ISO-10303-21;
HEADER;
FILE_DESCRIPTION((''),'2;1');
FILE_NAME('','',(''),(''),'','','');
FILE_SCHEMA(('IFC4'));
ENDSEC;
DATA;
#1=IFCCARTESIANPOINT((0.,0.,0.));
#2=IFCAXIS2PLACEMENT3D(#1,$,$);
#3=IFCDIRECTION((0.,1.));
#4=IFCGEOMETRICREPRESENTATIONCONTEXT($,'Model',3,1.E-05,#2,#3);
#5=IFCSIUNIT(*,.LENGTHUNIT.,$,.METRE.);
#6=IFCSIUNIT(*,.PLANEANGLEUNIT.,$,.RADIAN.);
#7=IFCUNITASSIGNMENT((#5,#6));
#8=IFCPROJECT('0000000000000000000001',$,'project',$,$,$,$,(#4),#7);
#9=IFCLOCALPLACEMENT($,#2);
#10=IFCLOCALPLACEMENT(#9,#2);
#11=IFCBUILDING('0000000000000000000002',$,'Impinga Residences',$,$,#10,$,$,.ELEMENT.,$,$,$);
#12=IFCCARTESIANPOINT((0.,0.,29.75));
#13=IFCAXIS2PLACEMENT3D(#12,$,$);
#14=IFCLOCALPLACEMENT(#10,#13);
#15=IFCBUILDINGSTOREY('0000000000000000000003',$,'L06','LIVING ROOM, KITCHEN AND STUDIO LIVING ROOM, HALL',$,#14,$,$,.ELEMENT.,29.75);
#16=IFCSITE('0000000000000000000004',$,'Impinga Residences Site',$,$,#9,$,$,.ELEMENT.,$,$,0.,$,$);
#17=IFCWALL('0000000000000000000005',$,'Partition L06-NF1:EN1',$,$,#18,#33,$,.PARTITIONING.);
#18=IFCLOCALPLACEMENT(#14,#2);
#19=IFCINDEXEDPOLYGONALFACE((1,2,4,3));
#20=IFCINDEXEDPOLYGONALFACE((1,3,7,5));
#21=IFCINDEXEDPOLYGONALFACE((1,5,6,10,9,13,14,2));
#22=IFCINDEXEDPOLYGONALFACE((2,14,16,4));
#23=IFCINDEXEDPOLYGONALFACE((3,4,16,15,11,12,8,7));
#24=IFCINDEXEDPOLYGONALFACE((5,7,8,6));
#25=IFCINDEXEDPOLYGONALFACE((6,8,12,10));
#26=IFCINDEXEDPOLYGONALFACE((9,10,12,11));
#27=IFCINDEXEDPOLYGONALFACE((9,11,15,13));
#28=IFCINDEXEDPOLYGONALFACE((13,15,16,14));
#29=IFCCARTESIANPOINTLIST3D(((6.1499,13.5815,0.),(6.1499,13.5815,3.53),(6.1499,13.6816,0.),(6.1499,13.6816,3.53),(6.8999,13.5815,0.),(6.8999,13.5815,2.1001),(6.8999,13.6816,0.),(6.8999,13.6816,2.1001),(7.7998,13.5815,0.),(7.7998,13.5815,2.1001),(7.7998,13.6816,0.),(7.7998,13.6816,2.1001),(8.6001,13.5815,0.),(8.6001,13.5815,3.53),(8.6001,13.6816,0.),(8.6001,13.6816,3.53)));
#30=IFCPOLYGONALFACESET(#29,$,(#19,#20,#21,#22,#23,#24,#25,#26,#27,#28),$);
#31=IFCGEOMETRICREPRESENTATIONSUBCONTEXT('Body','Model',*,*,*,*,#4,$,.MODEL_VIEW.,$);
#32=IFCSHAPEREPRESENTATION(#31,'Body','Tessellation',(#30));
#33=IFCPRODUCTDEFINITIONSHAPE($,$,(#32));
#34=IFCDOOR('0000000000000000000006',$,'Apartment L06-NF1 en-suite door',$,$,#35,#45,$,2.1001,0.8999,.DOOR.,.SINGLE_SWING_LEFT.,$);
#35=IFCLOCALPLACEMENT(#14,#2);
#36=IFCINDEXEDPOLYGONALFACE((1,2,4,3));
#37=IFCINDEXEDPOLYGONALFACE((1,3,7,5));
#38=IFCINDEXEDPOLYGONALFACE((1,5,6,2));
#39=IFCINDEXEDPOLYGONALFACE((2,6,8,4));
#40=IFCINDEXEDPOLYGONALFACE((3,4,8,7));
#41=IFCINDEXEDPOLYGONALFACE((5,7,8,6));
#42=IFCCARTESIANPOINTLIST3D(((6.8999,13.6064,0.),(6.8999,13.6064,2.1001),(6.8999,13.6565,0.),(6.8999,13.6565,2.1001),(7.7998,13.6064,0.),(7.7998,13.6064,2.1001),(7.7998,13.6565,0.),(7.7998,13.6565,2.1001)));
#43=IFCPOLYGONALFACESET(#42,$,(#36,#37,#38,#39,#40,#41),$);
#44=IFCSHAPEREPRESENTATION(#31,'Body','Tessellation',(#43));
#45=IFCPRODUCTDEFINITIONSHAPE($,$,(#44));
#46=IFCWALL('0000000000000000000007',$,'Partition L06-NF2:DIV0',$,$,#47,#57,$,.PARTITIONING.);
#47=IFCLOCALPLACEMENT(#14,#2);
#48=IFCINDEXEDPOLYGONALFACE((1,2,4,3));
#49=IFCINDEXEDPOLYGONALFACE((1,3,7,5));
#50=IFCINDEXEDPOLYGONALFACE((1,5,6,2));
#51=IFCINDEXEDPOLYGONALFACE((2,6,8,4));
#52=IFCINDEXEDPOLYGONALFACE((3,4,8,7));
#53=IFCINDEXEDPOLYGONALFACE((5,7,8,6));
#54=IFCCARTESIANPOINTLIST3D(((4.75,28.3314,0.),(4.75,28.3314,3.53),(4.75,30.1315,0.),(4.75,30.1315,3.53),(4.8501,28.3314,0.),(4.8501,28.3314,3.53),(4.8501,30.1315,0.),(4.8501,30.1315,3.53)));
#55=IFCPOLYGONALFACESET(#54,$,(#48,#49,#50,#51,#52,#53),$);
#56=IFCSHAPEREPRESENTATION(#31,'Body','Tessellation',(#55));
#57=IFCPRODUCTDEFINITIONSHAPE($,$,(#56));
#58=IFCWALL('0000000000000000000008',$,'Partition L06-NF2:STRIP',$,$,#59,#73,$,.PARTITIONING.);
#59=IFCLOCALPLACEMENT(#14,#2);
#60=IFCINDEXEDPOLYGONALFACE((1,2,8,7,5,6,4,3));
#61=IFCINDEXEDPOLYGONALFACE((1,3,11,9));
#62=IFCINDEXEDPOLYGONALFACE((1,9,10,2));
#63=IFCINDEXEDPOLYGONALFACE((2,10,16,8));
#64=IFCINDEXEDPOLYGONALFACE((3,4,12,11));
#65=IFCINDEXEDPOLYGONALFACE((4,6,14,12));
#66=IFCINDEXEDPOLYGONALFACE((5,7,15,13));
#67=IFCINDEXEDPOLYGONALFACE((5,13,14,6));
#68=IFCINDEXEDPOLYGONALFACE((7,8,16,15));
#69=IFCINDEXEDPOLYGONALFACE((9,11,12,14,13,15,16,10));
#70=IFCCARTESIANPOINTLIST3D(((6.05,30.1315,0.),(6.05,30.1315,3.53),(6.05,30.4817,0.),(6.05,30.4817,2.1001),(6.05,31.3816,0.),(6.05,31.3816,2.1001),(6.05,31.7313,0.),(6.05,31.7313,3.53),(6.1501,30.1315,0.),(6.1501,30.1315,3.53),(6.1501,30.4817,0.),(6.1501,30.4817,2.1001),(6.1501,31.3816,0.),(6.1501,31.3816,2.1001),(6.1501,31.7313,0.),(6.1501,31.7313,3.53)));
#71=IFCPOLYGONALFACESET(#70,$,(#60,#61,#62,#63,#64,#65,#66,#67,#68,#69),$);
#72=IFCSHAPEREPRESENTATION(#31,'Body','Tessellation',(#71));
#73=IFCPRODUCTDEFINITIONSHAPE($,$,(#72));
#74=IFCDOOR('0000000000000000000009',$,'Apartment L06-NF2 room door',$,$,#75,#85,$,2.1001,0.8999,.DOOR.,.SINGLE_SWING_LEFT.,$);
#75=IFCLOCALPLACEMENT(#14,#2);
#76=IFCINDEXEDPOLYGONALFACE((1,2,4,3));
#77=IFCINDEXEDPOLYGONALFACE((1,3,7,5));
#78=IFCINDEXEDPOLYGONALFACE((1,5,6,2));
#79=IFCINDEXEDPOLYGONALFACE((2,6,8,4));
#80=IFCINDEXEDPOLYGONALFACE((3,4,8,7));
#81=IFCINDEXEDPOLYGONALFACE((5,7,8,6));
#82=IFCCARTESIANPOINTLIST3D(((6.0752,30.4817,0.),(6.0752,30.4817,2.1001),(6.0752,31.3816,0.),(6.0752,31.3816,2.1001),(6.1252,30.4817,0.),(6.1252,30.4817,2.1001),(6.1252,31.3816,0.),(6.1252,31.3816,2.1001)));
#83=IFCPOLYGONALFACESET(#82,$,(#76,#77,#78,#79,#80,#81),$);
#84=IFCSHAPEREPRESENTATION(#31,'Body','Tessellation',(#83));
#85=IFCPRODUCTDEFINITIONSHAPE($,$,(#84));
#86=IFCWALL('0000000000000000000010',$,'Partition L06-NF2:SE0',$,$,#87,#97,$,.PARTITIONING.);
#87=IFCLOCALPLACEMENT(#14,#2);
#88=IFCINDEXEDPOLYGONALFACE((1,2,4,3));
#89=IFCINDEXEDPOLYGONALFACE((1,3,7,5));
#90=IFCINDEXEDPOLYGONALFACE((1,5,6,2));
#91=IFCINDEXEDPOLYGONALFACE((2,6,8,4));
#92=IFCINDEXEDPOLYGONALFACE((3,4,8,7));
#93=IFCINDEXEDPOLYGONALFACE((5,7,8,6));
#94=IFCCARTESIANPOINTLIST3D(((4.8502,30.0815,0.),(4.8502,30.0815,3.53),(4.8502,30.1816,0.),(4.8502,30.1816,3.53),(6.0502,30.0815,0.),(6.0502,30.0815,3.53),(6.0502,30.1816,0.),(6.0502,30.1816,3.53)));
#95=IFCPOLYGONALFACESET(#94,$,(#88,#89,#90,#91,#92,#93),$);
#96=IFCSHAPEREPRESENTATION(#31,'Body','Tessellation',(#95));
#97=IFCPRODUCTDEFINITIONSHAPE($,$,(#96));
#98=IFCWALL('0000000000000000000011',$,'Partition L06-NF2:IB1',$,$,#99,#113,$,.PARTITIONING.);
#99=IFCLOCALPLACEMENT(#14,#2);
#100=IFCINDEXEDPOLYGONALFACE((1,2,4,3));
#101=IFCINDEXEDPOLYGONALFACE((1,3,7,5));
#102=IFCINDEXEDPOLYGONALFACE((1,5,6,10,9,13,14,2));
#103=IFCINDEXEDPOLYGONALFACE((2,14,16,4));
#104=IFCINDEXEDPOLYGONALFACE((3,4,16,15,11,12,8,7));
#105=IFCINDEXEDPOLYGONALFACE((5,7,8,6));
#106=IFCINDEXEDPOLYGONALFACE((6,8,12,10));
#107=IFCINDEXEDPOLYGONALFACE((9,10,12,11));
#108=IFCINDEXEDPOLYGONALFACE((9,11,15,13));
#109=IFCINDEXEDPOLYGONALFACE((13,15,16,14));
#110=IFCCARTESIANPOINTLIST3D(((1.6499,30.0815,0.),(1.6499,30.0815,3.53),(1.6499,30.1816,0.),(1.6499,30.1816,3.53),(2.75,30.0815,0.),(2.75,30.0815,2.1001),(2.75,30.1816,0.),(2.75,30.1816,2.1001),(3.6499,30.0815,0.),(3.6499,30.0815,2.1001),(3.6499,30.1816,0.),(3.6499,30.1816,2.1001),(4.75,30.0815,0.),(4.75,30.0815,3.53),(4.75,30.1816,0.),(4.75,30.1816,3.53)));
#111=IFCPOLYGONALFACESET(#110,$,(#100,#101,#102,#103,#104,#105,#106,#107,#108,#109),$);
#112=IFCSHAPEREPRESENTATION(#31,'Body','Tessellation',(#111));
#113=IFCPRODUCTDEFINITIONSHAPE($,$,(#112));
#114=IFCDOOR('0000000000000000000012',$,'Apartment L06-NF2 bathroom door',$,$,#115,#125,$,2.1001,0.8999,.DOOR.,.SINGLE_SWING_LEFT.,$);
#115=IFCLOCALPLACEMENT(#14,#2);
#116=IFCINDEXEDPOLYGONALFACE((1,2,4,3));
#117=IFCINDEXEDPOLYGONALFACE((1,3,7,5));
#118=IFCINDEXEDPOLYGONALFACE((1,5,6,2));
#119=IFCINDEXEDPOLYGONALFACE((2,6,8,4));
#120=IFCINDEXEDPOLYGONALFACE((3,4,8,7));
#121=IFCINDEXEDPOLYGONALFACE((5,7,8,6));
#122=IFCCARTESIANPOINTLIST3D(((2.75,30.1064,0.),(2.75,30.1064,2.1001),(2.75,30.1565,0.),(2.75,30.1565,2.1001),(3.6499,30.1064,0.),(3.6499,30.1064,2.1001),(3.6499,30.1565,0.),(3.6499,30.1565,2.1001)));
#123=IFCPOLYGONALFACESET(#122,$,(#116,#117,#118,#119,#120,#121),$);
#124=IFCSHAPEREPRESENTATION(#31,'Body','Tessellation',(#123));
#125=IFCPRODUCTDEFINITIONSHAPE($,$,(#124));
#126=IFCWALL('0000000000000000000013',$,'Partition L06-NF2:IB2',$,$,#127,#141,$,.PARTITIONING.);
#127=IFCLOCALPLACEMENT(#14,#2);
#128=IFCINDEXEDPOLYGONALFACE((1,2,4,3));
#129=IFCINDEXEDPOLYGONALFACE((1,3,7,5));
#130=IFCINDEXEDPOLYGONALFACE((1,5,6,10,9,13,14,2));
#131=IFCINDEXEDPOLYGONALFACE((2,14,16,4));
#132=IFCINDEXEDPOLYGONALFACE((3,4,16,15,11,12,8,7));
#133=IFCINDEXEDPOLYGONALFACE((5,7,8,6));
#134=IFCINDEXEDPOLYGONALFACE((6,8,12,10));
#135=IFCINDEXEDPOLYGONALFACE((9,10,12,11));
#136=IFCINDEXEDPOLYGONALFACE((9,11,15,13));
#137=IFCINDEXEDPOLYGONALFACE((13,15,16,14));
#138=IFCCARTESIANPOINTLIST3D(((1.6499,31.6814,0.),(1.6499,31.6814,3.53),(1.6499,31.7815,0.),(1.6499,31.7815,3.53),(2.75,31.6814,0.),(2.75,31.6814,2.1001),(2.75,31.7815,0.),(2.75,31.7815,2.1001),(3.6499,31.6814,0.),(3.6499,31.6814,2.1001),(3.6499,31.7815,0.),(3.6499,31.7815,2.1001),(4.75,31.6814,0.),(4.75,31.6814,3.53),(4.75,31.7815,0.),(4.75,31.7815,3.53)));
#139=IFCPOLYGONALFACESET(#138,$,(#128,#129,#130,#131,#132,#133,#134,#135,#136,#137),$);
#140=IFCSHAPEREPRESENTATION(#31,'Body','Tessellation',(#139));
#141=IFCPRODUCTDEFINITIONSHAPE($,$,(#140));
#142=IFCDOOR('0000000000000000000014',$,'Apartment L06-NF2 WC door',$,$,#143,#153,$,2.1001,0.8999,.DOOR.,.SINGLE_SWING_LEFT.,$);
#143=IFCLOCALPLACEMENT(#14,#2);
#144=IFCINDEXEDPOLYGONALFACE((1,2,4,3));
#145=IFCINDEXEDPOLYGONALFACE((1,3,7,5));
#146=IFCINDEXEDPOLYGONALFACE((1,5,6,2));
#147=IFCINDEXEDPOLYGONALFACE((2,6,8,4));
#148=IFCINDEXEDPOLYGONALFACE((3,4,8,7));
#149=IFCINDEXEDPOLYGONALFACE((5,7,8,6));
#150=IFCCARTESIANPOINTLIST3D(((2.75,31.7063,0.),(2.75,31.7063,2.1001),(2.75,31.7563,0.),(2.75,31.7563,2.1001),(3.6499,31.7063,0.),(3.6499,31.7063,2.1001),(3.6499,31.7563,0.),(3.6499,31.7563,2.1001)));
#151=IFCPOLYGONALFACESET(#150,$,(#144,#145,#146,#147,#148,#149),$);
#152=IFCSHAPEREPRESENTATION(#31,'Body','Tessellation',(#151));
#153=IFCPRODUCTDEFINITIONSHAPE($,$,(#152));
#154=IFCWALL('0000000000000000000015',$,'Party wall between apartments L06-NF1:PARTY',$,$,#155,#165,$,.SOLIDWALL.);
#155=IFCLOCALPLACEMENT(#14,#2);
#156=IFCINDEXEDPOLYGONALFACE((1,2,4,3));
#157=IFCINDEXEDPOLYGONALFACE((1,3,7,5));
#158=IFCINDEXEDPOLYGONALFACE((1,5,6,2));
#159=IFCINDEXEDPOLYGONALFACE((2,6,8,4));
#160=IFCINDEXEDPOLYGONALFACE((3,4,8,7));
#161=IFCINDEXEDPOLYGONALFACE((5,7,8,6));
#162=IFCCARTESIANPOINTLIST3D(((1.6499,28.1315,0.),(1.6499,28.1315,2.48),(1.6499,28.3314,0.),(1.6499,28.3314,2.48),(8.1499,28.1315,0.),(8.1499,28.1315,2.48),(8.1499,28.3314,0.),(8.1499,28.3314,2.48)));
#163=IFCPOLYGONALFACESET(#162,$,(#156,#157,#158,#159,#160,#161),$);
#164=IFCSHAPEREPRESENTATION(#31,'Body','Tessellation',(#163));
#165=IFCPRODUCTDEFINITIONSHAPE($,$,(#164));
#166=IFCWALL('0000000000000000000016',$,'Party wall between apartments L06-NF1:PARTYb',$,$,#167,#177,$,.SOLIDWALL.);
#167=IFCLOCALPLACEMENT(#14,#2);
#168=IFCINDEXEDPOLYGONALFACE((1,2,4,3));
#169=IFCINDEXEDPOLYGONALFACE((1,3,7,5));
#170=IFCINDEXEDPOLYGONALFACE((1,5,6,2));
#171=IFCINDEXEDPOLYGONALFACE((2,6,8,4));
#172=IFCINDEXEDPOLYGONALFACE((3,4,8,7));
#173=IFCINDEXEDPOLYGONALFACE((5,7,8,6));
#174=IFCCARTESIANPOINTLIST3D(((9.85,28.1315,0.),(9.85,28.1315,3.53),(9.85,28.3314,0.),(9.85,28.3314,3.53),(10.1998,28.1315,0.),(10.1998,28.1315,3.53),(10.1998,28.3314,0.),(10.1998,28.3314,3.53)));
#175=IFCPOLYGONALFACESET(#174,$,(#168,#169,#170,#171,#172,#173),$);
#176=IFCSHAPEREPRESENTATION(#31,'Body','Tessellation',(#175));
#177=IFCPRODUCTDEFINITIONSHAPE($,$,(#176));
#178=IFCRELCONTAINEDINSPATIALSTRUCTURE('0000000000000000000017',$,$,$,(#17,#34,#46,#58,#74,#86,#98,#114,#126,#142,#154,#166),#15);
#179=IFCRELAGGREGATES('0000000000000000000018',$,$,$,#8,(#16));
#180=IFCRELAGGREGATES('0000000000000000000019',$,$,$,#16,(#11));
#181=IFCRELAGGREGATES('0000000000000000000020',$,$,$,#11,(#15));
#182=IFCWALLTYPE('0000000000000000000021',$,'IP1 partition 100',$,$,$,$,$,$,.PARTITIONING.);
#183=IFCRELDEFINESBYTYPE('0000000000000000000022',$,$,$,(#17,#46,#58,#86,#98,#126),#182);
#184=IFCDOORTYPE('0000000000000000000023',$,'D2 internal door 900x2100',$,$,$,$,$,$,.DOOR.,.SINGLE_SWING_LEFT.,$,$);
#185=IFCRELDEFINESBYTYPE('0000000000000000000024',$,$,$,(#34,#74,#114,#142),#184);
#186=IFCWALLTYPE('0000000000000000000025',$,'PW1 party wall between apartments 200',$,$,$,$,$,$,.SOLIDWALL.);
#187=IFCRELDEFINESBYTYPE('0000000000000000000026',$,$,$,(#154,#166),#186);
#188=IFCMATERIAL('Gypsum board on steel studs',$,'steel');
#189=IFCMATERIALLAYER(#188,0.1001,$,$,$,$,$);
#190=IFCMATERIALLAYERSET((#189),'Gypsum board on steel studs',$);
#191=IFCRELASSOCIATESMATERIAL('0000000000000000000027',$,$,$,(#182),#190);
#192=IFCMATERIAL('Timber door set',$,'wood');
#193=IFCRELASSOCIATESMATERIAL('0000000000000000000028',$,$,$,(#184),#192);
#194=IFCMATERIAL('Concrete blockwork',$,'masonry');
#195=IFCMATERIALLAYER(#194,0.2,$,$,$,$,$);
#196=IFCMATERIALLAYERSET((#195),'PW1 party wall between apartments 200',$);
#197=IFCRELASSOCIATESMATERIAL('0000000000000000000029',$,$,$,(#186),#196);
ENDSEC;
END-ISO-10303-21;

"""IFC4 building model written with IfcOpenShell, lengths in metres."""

from ifc_helpers import new_model, si_unit, direction, frame, frame_2d, origin, place, context, subcontext, project, spatial, rectangle, extrude, material, layer, layer_set, type_object, element, fill, save


model = new_model("IFC4")

# Units and contexts
model_context = context("Model", 3, precision=1e-05, world=origin(), true_north=direction((0.0, 1.0)))
body_context = subcontext(model_context, "Body", "Model", "MODEL_VIEW")
ifc_project = project(units=[si_unit("LENGTHUNIT", "METRE"), si_unit("PLANEANGLEUNIT", "RADIAN")], contexts=[model_context])

# Site, building, storey
site_placement = place(None, origin())
site = spatial("IfcSite", under=ifc_project, at=site_placement, Name="Impinga Residences Site", CompositionType="ELEMENT", RefElevation=0.0)
building_placement = place(site_placement, origin())
building = spatial("IfcBuilding", under=site, at=building_placement, Name="Impinga Residences", CompositionType="ELEMENT")
storey_placement = place(building_placement, frame((0.0, 0.0, 29.75)))
storey = spatial("IfcBuildingStorey", under=building, at=storey_placement, Name="L06", Description="LIVING ROOM, KITCHEN AND STUDIO LIVING ROOM, HALL", CompositionType="ELEMENT", Elevation=29.75)

# Shared definitions
ifc_material_1 = material(Name="Gypsum board on steel studs", Category="steel")
ifc_layer_1 = layer(ifc_material_1, 0.1001)
ifc_layer_set_1 = layer_set([ifc_layer_1], Name="Gypsum board on steel studs")
wall_type_1 = type_object("IfcWallType", Name="IP1 partition 100", PredefinedType="PARTITIONING", material=ifc_layer_set_1)

# Shared definitions
ifc_material_2 = material(Name="Timber door set", Category="wood")
door_type = type_object("IfcDoorType", Name="D2 internal door 900x2100", OperationType="SINGLE_SWING_LEFT", PredefinedType="DOOR", material=ifc_material_2)

# Wall, opening, door
wall_1_placement = place(storey_placement, frame((6.1499, 13.6316, 0.0), z_axis=(0.0, 0.0, 1.0), x_axis=(1.0, 0.0, 0.0)))
wall_1 = element("IfcWall", 1, at=wall_1_placement, inside=storey, type_object=wall_type_1, Name="Partition L06-NF1:EN1", PredefinedType="PARTITIONING", context=body_context, shape_type="SweptSolid", body=[
    extrude(rectangle(XDim=2.4502, YDim=0.1001, at=frame_2d((1.2251, 0.0))), origin(), (0.0, 0.0, 1.0), 3.53),
])
opening_1_placement = place(wall_1_placement, frame((0.75, 0.0, 0.0)))
opening_1 = element("IfcOpeningElement", 2, at=opening_1_placement, cuts=wall_1, PredefinedType="OPENING", context=body_context, shape_type="SweptSolid", body=[
    extrude(rectangle(XDim=0.8999, YDim=2.1001, at=frame_2d((0.45, 1.05))), frame((0.0, 0.0601, 0.0), z_axis=(0.0, -1.0, 0.0), x_axis=(1.0, 0.0, 0.0)), (0.0, 0.0, 1.0), 0.1201),
])
door_1_placement = place(opening_1_placement, origin())
door_1 = element("IfcDoor", 3, at=door_1_placement, inside=storey, type_object=door_type, Name="Apartment L06-NF1 en-suite door", OperationType="SINGLE_SWING_LEFT", OverallHeight=2.1001, OverallWidth=0.8999, PredefinedType="DOOR", context=body_context, shape_type="SweptSolid", body=[
    extrude(rectangle(XDim=0.8999, YDim=2.1001, at=frame_2d((0.45, 1.05))), frame((0.0, 0.0249, 0.0), z_axis=(0.0, -1.0, 0.0), x_axis=(1.0, 0.0, 0.0)), (0.0, 0.0, 1.0), 0.05),
])
fill(opening_1, door_1)

# Wall
wall_2_placement = place(storey_placement, frame((4.8, 28.3315, 0.0), z_axis=(0.0, 0.0, 1.0), x_axis=(0.0, 1.0, 0.0)))
element("IfcWall", 4, at=wall_2_placement, inside=storey, type_object=wall_type_1, Name="Partition L06-NF2:DIV0", PredefinedType="PARTITIONING", context=body_context, shape_type="SweptSolid", body=[
    extrude(rectangle(XDim=1.8, YDim=0.1001, at=frame_2d((0.8999, 0.0))), origin(), (0.0, 0.0, 1.0), 3.53),
])

# Wall, opening, door
wall_3_placement = place(storey_placement, frame((6.1001, 30.1316, 0.0), z_axis=(0.0, 0.0, 1.0), x_axis=(0.0, 1.0, 0.0)))
wall_3 = element("IfcWall", 5, at=wall_3_placement, inside=storey, type_object=wall_type_1, Name="Partition L06-NF2:STRIP", PredefinedType="PARTITIONING", context=body_context, shape_type="SweptSolid", body=[
    extrude(rectangle(XDim=1.5999, YDim=0.1001, at=frame_2d((0.7998, 0.0))), origin(), (0.0, 0.0, 1.0), 3.53),
])
opening_2_placement = place(wall_3_placement, frame((0.3501, 0.0, 0.0)))
opening_2 = element("IfcOpeningElement", 6, at=opening_2_placement, cuts=wall_3, PredefinedType="OPENING", context=body_context, shape_type="SweptSolid", body=[
    extrude(rectangle(XDim=0.8999, YDim=2.1001, at=frame_2d((0.45, 1.05))), frame((0.0, 0.0601, 0.0), z_axis=(0.0, -1.0, 0.0), x_axis=(1.0, 0.0, 0.0)), (0.0, 0.0, 1.0), 0.1201),
])
door_2_placement = place(opening_2_placement, origin())
door_2 = element("IfcDoor", 7, at=door_2_placement, inside=storey, type_object=door_type, Name="Apartment L06-NF2 room door", OperationType="SINGLE_SWING_LEFT", OverallHeight=2.1001, OverallWidth=0.8999, PredefinedType="DOOR", context=body_context, shape_type="SweptSolid", body=[
    extrude(rectangle(XDim=0.8999, YDim=2.1001, at=frame_2d((0.45, 1.05))), frame((0.0, 0.0249, 0.0), z_axis=(0.0, -1.0, 0.0), x_axis=(1.0, 0.0, 0.0)), (0.0, 0.0, 1.0), 0.05),
])
fill(opening_2, door_2)

# Wall
wall_4_placement = place(storey_placement, frame((4.8501, 30.1316, 0.0), z_axis=(0.0, 0.0, 1.0), x_axis=(1.0, 0.0, 0.0)))
element("IfcWall", 8, at=wall_4_placement, inside=storey, type_object=wall_type_1, Name="Partition L06-NF2:SE0", PredefinedType="PARTITIONING", context=body_context, shape_type="SweptSolid", body=[
    extrude(rectangle(XDim=1.2, YDim=0.1001, at=frame_2d((0.6001, 0.0))), origin(), (0.0, 0.0, 1.0), 3.53),
])

# Walls, openings, doors
wall_5_placement = place(storey_placement, frame((1.6499, 30.1316, 0.0), z_axis=(0.0, 0.0, 1.0), x_axis=(1.0, 0.0, 0.0)))
wall_5 = element("IfcWall", 9, at=wall_5_placement, inside=storey, type_object=wall_type_1, Name="Partition L06-NF2:IB1", PredefinedType="PARTITIONING", context=body_context, shape_type="SweptSolid", body=[
    extrude(rectangle(XDim=3.1001, YDim=0.1001, at=frame_2d((1.55, 0.0))), origin(), (0.0, 0.0, 1.0), 3.53),
])
opening_3_placement = place(wall_5_placement, frame((1.1001, 0.0, 0.0)))
opening_3 = element("IfcOpeningElement", 10, at=opening_3_placement, cuts=wall_5, PredefinedType="OPENING", context=body_context, shape_type="SweptSolid", body=[
    extrude(rectangle(XDim=0.8999, YDim=2.1001, at=frame_2d((0.45, 1.05))), frame((0.0, 0.0601, 0.0), z_axis=(0.0, -1.0, 0.0), x_axis=(1.0, 0.0, 0.0)), (0.0, 0.0, 1.0), 0.1201),
])
door_3_placement = place(opening_3_placement, origin())
door_3 = element("IfcDoor", 11, at=door_3_placement, inside=storey, type_object=door_type, Name="Apartment L06-NF2 bathroom door", OperationType="SINGLE_SWING_LEFT", OverallHeight=2.1001, OverallWidth=0.8999, PredefinedType="DOOR", context=body_context, shape_type="SweptSolid", body=[
    extrude(rectangle(XDim=0.8999, YDim=2.1001, at=frame_2d((0.45, 1.05))), frame((0.0, 0.0249, 0.0), z_axis=(0.0, -1.0, 0.0), x_axis=(1.0, 0.0, 0.0)), (0.0, 0.0, 1.0), 0.05),
])
fill(opening_3, door_3)
wall_6_placement = place(storey_placement, frame((1.6499, 31.7314, 0.0), z_axis=(0.0, 0.0, 1.0), x_axis=(1.0, 0.0, 0.0)))
wall_6 = element("IfcWall", 12, at=wall_6_placement, inside=storey, type_object=wall_type_1, Name="Partition L06-NF2:IB2", PredefinedType="PARTITIONING", context=body_context, shape_type="SweptSolid", body=[
    extrude(rectangle(XDim=3.1001, YDim=0.1001, at=frame_2d((1.55, 0.0))), origin(), (0.0, 0.0, 1.0), 3.53),
])
opening_4_placement = place(wall_6_placement, frame((1.1001, 0.0, 0.0)))
opening_4 = element("IfcOpeningElement", 13, at=opening_4_placement, cuts=wall_6, PredefinedType="OPENING", context=body_context, shape_type="SweptSolid", body=[
    extrude(rectangle(XDim=0.8999, YDim=2.1001, at=frame_2d((0.45, 1.05))), frame((0.0, 0.0601, 0.0), z_axis=(0.0, -1.0, 0.0), x_axis=(1.0, 0.0, 0.0)), (0.0, 0.0, 1.0), 0.1201),
])
door_4_placement = place(opening_4_placement, origin())
door_4 = element("IfcDoor", 14, at=door_4_placement, inside=storey, type_object=door_type, Name="Apartment L06-NF2 WC door", OperationType="SINGLE_SWING_LEFT", OverallHeight=2.1001, OverallWidth=0.8999, PredefinedType="DOOR", context=body_context, shape_type="SweptSolid", body=[
    extrude(rectangle(XDim=0.8999, YDim=2.1001, at=frame_2d((0.45, 1.05))), frame((0.0, 0.0249, 0.0), z_axis=(0.0, -1.0, 0.0), x_axis=(1.0, 0.0, 0.0)), (0.0, 0.0, 1.0), 0.05),
])
fill(opening_4, door_4)

# Walls
ifc_material_3 = material(Name="Concrete blockwork", Category="masonry")
ifc_layer_2 = layer(ifc_material_3, 0.2)
ifc_layer_set_2 = layer_set([ifc_layer_2], Name="PW1 party wall between apartments 200")
wall_type_2 = type_object("IfcWallType", Name="PW1 party wall between apartments 200", PredefinedType="SOLIDWALL", material=ifc_layer_set_2)
wall_7_placement = place(storey_placement, frame((1.6499, 28.2314, 0.0), z_axis=(0.0, 0.0, 1.0), x_axis=(1.0, 0.0, 0.0)))
element("IfcWall", 15, at=wall_7_placement, inside=storey, type_object=wall_type_2, Name="Party wall between apartments L06-NF1:PARTY", PredefinedType="SOLIDWALL", context=body_context, shape_type="SweptSolid", body=[
    extrude(rectangle(XDim=6.5, YDim=0.2, at=frame_2d((3.25, 0.0))), origin(), (0.0, 0.0, 1.0), 2.48),
])
wall_8_placement = place(storey_placement, frame((9.8501, 28.2314, 0.0), z_axis=(0.0, 0.0, 1.0), x_axis=(1.0, 0.0, 0.0)))
element("IfcWall", 16, at=wall_8_placement, inside=storey, type_object=wall_type_2, Name="Party wall between apartments L06-NF1:PARTYb", PredefinedType="SOLIDWALL", context=body_context, shape_type="SweptSolid", body=[
    extrude(rectangle(XDim=0.3499, YDim=0.2, at=frame_2d((0.1748, 0.0))), origin(), (0.0, 0.0, 1.0), 3.53),
])

save(model, "model.ifc")
